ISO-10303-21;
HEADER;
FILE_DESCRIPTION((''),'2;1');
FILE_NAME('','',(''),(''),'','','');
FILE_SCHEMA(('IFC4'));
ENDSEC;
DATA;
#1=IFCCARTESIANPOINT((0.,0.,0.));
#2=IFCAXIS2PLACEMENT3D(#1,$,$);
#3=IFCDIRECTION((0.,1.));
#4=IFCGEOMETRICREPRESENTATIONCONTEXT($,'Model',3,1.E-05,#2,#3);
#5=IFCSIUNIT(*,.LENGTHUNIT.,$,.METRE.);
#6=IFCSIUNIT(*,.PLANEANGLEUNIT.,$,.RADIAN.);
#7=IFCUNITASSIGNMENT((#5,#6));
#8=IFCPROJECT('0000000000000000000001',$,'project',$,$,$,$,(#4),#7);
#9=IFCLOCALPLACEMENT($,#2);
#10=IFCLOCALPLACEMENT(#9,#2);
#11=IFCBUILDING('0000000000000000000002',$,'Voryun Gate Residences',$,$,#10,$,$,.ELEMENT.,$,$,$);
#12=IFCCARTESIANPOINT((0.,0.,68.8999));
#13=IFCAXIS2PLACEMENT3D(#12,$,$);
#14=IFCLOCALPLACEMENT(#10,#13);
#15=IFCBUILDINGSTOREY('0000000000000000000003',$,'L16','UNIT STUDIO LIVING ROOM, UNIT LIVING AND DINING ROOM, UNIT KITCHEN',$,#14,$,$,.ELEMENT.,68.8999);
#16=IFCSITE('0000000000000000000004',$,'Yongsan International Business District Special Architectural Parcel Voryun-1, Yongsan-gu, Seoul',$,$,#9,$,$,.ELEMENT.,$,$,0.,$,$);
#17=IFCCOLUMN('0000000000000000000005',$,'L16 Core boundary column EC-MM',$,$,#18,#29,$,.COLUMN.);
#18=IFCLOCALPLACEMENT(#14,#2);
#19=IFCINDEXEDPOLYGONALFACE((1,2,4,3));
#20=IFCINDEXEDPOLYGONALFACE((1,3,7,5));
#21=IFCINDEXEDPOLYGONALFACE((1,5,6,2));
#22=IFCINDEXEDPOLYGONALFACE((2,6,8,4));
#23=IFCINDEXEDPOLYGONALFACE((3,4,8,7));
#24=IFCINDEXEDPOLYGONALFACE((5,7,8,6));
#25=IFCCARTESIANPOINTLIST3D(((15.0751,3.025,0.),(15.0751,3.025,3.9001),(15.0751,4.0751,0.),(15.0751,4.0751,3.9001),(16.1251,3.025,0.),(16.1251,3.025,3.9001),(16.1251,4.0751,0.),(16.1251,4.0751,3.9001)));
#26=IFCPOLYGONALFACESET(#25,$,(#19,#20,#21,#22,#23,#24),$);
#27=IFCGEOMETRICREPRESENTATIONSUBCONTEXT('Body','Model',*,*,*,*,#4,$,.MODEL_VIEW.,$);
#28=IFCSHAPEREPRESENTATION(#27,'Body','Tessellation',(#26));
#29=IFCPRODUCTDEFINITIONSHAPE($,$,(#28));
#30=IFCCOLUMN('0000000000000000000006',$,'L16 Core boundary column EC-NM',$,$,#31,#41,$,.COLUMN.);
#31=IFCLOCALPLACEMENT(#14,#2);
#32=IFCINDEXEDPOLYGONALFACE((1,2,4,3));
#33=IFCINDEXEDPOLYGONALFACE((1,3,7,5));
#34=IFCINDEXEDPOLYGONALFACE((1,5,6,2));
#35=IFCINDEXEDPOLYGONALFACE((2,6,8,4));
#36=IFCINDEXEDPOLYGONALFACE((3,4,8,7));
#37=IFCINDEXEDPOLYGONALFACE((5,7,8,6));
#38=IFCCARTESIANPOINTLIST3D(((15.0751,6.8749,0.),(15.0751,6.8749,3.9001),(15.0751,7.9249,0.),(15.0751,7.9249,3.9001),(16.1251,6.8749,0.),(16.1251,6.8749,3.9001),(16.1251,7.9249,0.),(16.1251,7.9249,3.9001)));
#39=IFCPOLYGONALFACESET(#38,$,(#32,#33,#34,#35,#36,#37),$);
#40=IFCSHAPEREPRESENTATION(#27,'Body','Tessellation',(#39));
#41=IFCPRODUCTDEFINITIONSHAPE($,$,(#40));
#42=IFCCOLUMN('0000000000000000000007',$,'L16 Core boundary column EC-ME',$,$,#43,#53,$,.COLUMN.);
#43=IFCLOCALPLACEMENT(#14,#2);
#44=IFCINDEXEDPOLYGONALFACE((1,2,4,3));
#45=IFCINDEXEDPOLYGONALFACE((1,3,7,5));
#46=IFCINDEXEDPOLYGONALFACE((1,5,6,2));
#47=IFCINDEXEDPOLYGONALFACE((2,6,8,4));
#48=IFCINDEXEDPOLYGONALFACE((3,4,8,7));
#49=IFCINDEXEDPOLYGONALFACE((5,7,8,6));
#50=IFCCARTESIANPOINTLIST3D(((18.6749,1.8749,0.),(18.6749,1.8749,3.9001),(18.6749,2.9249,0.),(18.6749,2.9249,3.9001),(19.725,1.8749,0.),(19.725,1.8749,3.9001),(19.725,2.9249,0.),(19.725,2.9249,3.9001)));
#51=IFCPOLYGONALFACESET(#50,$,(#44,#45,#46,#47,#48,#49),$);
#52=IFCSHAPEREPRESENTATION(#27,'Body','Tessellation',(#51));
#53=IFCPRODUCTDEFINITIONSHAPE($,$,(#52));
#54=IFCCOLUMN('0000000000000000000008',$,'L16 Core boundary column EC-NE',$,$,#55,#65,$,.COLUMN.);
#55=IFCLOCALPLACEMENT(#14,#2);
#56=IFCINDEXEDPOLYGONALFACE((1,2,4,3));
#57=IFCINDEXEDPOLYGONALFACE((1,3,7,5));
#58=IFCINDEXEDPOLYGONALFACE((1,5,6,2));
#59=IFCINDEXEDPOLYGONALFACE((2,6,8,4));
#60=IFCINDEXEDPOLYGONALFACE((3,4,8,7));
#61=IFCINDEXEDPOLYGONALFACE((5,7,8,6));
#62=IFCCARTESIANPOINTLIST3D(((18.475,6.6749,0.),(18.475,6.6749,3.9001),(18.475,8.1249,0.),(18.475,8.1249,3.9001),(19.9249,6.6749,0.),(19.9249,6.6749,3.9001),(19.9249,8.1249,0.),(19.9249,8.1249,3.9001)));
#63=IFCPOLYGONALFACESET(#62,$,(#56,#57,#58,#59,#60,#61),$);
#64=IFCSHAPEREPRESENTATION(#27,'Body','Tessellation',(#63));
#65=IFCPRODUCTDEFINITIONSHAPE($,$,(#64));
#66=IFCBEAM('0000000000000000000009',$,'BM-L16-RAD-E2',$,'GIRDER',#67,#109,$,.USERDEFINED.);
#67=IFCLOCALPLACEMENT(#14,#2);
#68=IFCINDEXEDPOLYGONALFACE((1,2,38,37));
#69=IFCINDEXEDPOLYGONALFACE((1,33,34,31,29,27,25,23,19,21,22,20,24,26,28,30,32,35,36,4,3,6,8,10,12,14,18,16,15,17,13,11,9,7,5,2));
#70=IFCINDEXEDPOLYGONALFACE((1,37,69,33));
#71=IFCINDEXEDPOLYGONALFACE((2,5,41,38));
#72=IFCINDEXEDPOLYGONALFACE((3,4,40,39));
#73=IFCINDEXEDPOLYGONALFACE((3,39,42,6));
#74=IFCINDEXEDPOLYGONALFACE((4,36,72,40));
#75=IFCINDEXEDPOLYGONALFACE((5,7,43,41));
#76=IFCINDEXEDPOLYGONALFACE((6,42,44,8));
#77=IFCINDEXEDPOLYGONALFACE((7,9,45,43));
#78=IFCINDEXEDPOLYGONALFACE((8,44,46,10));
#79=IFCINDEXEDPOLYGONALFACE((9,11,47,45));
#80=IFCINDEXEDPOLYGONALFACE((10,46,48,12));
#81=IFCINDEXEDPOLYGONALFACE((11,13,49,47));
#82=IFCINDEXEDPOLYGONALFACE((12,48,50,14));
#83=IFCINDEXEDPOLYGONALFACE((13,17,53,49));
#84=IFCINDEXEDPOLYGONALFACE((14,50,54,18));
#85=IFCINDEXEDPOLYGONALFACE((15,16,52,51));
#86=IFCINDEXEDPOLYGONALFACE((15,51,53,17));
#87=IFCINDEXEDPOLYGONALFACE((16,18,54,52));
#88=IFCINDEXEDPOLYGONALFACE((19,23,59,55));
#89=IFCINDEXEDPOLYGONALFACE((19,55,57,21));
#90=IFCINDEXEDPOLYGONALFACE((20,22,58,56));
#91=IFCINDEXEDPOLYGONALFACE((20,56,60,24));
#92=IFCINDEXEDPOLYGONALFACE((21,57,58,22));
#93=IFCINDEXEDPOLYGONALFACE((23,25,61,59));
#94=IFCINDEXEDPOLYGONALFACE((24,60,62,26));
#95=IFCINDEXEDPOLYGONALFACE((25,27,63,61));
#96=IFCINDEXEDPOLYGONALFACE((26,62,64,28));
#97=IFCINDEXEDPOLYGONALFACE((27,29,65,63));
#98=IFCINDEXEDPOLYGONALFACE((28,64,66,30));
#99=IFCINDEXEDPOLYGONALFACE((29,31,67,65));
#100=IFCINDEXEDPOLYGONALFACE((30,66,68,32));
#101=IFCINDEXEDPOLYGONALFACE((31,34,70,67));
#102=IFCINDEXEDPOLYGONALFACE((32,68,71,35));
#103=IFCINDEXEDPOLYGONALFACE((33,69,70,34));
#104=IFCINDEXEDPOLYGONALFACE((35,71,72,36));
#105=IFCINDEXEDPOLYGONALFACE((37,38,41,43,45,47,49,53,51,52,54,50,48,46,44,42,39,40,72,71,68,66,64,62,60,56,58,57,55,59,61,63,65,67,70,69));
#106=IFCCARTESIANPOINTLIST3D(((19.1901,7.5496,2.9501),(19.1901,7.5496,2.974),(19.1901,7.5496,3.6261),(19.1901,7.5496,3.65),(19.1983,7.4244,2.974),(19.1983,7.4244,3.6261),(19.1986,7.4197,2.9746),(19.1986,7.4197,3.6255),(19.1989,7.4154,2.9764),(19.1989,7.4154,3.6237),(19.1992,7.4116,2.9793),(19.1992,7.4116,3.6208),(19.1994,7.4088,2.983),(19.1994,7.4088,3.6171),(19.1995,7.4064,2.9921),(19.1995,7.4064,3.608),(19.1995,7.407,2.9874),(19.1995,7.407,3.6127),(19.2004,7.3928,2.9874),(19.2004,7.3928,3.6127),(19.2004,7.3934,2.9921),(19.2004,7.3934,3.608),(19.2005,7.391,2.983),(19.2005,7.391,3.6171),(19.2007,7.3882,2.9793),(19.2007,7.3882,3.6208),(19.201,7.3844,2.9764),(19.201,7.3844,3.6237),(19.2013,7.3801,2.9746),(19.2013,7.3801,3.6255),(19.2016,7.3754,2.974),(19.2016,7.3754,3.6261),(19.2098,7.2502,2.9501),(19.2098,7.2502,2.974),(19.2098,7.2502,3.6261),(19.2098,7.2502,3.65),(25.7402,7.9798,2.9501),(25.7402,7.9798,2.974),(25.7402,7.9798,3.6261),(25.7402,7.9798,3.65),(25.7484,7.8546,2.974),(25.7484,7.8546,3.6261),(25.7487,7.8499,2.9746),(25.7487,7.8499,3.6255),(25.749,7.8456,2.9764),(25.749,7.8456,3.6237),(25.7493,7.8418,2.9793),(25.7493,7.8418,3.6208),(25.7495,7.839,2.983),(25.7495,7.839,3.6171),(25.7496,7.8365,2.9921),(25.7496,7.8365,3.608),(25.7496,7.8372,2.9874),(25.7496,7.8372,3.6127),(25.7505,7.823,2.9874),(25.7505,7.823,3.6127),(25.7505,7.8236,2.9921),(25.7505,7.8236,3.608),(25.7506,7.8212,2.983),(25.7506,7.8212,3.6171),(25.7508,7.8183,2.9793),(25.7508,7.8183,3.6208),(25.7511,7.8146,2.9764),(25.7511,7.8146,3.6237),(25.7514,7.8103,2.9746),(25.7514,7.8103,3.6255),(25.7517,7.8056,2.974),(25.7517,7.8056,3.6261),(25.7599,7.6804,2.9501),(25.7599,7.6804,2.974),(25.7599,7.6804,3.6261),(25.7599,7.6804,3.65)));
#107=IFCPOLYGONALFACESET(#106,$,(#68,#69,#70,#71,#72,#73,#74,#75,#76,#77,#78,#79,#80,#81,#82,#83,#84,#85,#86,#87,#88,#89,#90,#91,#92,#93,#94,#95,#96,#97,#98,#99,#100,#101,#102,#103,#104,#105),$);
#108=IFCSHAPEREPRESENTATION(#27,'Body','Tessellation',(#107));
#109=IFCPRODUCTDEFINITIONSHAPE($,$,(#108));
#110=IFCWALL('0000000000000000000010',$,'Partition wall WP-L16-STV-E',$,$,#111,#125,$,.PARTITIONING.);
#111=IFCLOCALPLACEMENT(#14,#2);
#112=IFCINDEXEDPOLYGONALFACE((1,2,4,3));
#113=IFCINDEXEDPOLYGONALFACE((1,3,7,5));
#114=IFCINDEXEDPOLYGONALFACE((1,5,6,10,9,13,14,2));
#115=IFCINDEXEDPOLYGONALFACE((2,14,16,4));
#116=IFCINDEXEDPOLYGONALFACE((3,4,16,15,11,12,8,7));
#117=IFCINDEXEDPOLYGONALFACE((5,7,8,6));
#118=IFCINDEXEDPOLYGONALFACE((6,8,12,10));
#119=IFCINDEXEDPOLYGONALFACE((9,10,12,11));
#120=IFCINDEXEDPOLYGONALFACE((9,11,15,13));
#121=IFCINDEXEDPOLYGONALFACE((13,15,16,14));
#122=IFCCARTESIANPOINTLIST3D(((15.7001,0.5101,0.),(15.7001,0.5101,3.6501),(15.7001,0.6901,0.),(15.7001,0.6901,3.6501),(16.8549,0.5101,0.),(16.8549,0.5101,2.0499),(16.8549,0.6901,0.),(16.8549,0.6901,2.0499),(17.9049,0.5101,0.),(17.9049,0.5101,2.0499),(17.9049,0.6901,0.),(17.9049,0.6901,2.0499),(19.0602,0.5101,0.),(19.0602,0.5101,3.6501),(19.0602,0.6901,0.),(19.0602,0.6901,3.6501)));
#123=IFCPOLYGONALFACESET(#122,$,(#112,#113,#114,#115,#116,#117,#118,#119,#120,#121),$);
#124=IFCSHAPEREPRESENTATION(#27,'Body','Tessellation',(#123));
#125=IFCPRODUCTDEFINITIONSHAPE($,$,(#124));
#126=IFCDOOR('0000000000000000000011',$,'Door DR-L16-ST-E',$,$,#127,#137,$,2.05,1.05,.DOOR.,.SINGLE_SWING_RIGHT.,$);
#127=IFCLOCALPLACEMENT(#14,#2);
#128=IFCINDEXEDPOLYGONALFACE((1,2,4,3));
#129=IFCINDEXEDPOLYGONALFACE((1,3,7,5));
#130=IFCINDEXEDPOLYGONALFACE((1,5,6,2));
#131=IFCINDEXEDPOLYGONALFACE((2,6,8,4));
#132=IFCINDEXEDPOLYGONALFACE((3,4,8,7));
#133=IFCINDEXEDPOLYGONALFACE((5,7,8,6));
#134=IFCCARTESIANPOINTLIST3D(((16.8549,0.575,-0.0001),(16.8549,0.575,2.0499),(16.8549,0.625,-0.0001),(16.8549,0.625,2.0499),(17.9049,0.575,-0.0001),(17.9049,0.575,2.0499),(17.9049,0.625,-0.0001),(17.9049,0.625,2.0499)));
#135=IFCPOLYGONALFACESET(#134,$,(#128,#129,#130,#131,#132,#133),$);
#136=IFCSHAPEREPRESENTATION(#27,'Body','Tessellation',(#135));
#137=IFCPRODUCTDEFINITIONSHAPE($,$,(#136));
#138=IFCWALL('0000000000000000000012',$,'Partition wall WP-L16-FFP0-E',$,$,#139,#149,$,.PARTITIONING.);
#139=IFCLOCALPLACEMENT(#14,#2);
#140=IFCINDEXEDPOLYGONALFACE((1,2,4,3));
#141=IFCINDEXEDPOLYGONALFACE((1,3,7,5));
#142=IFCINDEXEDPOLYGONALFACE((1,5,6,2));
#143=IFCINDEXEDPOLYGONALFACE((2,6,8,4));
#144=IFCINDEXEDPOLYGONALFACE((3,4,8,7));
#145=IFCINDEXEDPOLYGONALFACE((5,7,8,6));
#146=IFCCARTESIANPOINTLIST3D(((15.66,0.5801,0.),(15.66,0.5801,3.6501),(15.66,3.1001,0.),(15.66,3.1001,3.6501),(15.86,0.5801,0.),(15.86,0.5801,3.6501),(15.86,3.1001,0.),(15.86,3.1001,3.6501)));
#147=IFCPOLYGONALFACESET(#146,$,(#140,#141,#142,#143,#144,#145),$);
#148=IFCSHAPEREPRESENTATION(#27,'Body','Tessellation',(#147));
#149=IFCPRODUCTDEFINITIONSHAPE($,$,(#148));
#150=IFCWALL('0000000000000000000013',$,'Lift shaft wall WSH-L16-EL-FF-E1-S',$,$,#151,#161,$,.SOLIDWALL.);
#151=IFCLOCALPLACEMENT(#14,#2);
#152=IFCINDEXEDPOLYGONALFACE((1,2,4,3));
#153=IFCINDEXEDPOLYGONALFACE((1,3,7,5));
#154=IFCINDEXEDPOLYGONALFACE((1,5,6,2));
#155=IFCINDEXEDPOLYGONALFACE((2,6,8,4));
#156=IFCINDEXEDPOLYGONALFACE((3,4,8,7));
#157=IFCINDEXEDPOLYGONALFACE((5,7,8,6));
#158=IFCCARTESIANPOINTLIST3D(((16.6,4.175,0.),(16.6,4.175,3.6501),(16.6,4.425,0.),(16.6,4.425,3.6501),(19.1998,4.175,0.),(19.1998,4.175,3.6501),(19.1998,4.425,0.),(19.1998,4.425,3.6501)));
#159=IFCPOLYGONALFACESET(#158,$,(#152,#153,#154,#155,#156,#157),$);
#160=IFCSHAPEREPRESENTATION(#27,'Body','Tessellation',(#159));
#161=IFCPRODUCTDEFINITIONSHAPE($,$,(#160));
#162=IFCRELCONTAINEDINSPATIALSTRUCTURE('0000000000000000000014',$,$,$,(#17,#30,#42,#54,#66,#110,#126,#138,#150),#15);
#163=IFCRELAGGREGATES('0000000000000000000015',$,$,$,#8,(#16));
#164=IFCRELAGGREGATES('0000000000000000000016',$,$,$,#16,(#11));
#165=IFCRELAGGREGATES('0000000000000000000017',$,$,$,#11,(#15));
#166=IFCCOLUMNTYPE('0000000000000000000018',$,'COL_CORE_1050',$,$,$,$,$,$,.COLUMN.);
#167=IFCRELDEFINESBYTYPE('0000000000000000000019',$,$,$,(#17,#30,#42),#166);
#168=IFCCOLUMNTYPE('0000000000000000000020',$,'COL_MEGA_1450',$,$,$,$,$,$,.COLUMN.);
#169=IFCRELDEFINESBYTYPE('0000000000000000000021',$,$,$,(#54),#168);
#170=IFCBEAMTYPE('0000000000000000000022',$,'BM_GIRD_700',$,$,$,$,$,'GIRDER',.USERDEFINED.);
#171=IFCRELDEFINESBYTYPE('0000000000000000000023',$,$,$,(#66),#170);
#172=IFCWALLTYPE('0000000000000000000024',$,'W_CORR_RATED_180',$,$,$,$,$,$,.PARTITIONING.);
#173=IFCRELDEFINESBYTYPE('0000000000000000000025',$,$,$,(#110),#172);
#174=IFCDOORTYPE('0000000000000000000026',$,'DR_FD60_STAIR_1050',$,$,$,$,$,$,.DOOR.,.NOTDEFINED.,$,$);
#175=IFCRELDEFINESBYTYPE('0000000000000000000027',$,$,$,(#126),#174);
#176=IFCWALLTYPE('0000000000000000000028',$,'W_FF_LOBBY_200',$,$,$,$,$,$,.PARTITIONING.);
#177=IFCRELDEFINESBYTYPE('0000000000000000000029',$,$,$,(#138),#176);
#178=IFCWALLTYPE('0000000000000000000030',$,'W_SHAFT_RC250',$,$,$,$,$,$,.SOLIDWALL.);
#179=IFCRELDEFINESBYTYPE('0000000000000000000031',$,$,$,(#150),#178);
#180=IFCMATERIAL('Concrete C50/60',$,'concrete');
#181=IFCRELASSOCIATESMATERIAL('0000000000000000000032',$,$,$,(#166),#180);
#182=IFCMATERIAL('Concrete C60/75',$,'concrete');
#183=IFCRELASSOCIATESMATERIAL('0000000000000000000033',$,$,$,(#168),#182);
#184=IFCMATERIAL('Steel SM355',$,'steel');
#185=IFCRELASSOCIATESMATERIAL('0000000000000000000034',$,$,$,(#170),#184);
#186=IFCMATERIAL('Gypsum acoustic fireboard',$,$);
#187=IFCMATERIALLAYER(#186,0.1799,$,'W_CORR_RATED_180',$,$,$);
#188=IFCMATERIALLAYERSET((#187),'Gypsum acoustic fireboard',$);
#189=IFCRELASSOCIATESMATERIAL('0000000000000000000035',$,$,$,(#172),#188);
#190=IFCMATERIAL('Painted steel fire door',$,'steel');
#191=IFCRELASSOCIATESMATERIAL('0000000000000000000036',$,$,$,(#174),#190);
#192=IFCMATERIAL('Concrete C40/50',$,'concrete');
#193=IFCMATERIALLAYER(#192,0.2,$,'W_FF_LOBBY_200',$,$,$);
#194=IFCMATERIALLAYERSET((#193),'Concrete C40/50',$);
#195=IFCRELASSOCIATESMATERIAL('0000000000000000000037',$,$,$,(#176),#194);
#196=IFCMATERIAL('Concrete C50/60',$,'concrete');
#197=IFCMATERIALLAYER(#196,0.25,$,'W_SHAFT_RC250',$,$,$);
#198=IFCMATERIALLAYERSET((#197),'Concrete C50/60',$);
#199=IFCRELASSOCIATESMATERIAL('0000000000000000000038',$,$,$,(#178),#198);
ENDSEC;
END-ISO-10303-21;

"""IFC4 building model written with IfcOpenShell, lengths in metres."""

from ifc_helpers import new_model, si_unit, direction, frame, frame_2d, origin, origin_2d, place, context, subcontext, project, spatial, rectangle, i_section, extrude, material, layer, layer_set, material_profile, profile_set, type_object, element, fill, save


model = new_model("IFC4")

# Units and contexts
model_context = context("Model", 3, precision=1e-05, world=origin(), true_north=direction((0.0, 1.0)))
body_context = subcontext(model_context, "Body", "Model", "MODEL_VIEW")
ifc_project = project(units=[si_unit("LENGTHUNIT", "METRE"), si_unit("PLANEANGLEUNIT", "RADIAN")], contexts=[model_context])

# Site, building, storey
site_placement = place(None, origin())
site = spatial("IfcSite", under=ifc_project, at=site_placement, Name="Yongsan International Business District Special Architectural Parcel Voryun-1, Yongsan-gu, Seoul", CompositionType="ELEMENT", RefElevation=0.0)
building_placement = place(site_placement, origin())
building = spatial("IfcBuilding", under=site, at=building_placement, Name="Voryun Gate Residences", CompositionType="ELEMENT")
storey_placement = place(building_placement, frame((0.0, 0.0, 68.8999)))
storey = spatial("IfcBuildingStorey", under=building, at=storey_placement, Name="L16", Description="UNIT STUDIO LIVING ROOM, UNIT LIVING AND DINING ROOM, UNIT KITCHEN", CompositionType="ELEMENT", Elevation=68.8999)

# Columns
ifc_material_1 = material(Name="Concrete C50/60", Category="concrete")
ifc_material_profile_1 = material_profile(ifc_material_1, rectangle(XDim=1.05, YDim=1.05, at=origin_2d()), Name="RC-1050x1050")
ifc_profile_set_1 = profile_set([ifc_material_profile_1], Name="Concrete C50/60")
column_type_1 = type_object("IfcColumnType", Name="COL_CORE_1050", PredefinedType="COLUMN", material=ifc_profile_set_1)
for number, where, z_axis, x_axis, name in (
    (1, (15.6001, 3.55, 0.0), (0.0, 0.0, 1.0), (1.0, 0.0, 0.0), "L16 Core boundary column EC-MM"),
    (2, (15.6001, 7.3999, 0.0), (0.0, 0.0, 1.0), (1.0, 0.0, 0.0), "L16 Core boundary column EC-NM"),
    (3, (19.2, 2.3999, 0.0), (0.0, 0.0, 1.0), (1.0, 0.0, 0.0), "L16 Core boundary column EC-ME"),
):
    element("IfcColumn", number, at=place(storey_placement, frame(where, z_axis=z_axis, x_axis=x_axis)), inside=storey, type_object=column_type_1, Name=name, PredefinedType="COLUMN", context=body_context, shape_type="SweptSolid", body=[
        extrude(rectangle(XDim=1.05, YDim=1.05, at=origin_2d()), origin(), (0.0, 0.0, 1.0), 3.9001),
    ])
ifc_material_2 = material(Name="Concrete C60/75", Category="concrete")
ifc_material_profile_2 = material_profile(ifc_material_2, rectangle(XDim=1.45, YDim=1.45, at=origin_2d()), Name="RC-1450x1450")
ifc_profile_set_2 = profile_set([ifc_material_profile_2], Name="Concrete C60/75")
column_type_2 = type_object("IfcColumnType", Name="COL_MEGA_1450", PredefinedType="COLUMN", material=ifc_profile_set_2)
column_placement = place(storey_placement, frame((19.2, 7.3999, 0.0), z_axis=(0.0, 0.0, 1.0), x_axis=(1.0, 0.0, 0.0)))
element("IfcColumn", 4, at=column_placement, inside=storey, type_object=column_type_2, Name="L16 Core boundary column EC-NE", PredefinedType="COLUMN", context=body_context, shape_type="SweptSolid", body=[
    extrude(rectangle(XDim=1.45, YDim=1.45, at=origin_2d()), origin(), (0.0, 0.0, 1.0), 3.9001),
])

# Beam
ifc_material_3 = material(Name="Steel SM355", Category="steel")
ifc_material_profile_3 = material_profile(ifc_material_3, i_section(OverallWidth=0.3, OverallDepth=0.7, WebThickness=0.0129, FlangeThickness=0.0239, FilletRadius=0.0181, at=origin_2d()), Name="H-700x300x13x24")
ifc_profile_set_3 = profile_set([ifc_material_profile_3], Name="Steel SM355")
beam_type = type_object("IfcBeamType", Name="BM_GIRD_700", ElementType="GIRDER", PredefinedType="USERDEFINED", material=ifc_profile_set_3)
beam_placement = place(storey_placement, frame((19.2, 7.3999, 3.3), z_axis=(0.99785, 0.065534, 0.0), x_axis=(-0.065534, 0.99785, 0.0)))
element("IfcBeam", 5, at=beam_placement, inside=storey, type_object=beam_type, Name="BM-L16-RAD-E2", ObjectType="GIRDER", PredefinedType="USERDEFINED", context=body_context, shape_type="SweptSolid", body=[
    extrude(i_section(OverallWidth=0.3, OverallDepth=0.7, WebThickness=0.0129, FlangeThickness=0.0239, FilletRadius=0.0181, at=origin_2d()), origin(), (0.0, 0.0, 1.0), 6.5642),
])

# Wall, opening, door
ifc_material_4 = material(Name="Gypsum acoustic fireboard")
ifc_layer_1 = layer(ifc_material_4, 0.1799, Name="W_CORR_RATED_180")
ifc_layer_set_1 = layer_set([ifc_layer_1], Name="Gypsum acoustic fireboard")
wall_type_1 = type_object("IfcWallType", Name="W_CORR_RATED_180", PredefinedType="PARTITIONING", material=ifc_layer_set_1)
wall_1_placement = place(storey_placement, frame((15.7, 0.6001, 0.0), z_axis=(0.0, 0.0, 1.0), x_axis=(1.0, 0.0, 0.0)))
wall_1 = element("IfcWall", 6, at=wall_1_placement, inside=storey, type_object=wall_type_1, Name="Partition wall WP-L16-STV-E", PredefinedType="PARTITIONING", context=body_context, shape_type="SweptSolid", body=[
    extrude(rectangle(XDim=3.3601, YDim=0.1799, at=frame_2d((1.6802, 0.0))), origin(), (0.0, 0.0, 1.0), 3.6501),
])
opening_1_placement = place(wall_1_placement, frame((1.155, 0.0, 0.0)))
opening_1 = element("IfcOpeningElement", 7, at=opening_1_placement, cuts=wall_1, PredefinedType="OPENING", context=body_context, shape_type="SweptSolid", body=[
    extrude(rectangle(XDim=1.05, YDim=2.05, at=frame_2d((0.5249, 1.0249))), frame((0.0, 0.0999, 0.0), z_axis=(0.0, -1.0, 0.0), x_axis=(1.0, 0.0, 0.0)), (0.0, 0.0, 1.0), 0.2),
])
ifc_material_5 = material(Name="Painted steel fire door", Category="steel")
door_type_1 = type_object("IfcDoorType", Name="DR_FD60_STAIR_1050", OperationType="NOTDEFINED", PredefinedType="DOOR", material=ifc_material_5)
door_1_placement = place(opening_1_placement, origin())
door_1 = element("IfcDoor", 8, at=door_1_placement, inside=storey, type_object=door_type_1, Name="Door DR-L16-ST-E", OperationType="SINGLE_SWING_RIGHT", OverallHeight=2.05, OverallWidth=1.05, PredefinedType="DOOR", context=body_context, shape_type="SweptSolid", body=[
    extrude(rectangle(XDim=1.05, YDim=2.05, at=frame_2d((0.5249, 1.0249))), frame((0.0, 0.0249, 0.0), z_axis=(0.0, -1.0, 0.0), x_axis=(1.0, 0.0, 0.0)), (0.0, 0.0, 1.0), 0.05),
])
fill(opening_1, door_1)

# Walls
ifc_material_6 = material(Name="Concrete C40/50", Category="concrete")
ifc_layer_2 = layer(ifc_material_6, 0.2, Name="W_FF_LOBBY_200")
ifc_layer_set_2 = layer_set([ifc_layer_2], Name="Concrete C40/50")
wall_type_2 = type_object("IfcWallType", Name="W_FF_LOBBY_200", PredefinedType="PARTITIONING", material=ifc_layer_set_2)
wall_2_placement = place(storey_placement, frame((15.76, 0.5801, 0.0), z_axis=(0.0, 0.0, 1.0), x_axis=(0.0, 1.0, 0.0)))
element("IfcWall", 9, at=wall_2_placement, inside=storey, type_object=wall_type_2, Name="Partition wall WP-L16-FFP0-E", PredefinedType="PARTITIONING", context=body_context, shape_type="SweptSolid", body=[
    extrude(rectangle(XDim=2.52, YDim=0.2, at=frame_2d((1.26, 0.0))), origin(), (0.0, 0.0, 1.0), 3.6501),
])
ifc_material_7 = material(Name="Concrete C50/60", Category="concrete")
ifc_layer_3 = layer(ifc_material_7, 0.25, Name="W_SHAFT_RC250")
ifc_layer_set_3 = layer_set([ifc_layer_3], Name="Concrete C50/60")
wall_type_3 = type_object("IfcWallType", Name="W_SHAFT_RC250", PredefinedType="SOLIDWALL", material=ifc_layer_set_3)
wall_3_placement = place(storey_placement, frame((16.6001, 4.3, 0.0), z_axis=(0.0, 0.0, 1.0), x_axis=(1.0, 0.0, 0.0)))
element("IfcWall", 10, at=wall_3_placement, inside=storey, type_object=wall_type_3, Name="Lift shaft wall WSH-L16-EL-FF-E1-S", PredefinedType="SOLIDWALL", context=body_context, shape_type="SweptSolid", body=[
    extrude(rectangle(XDim=2.5999, YDim=0.25, at=frame_2d((1.2998, 0.0))), origin(), (0.0, 0.0, 1.0), 3.6501),
])

save(model, "model.ifc")
